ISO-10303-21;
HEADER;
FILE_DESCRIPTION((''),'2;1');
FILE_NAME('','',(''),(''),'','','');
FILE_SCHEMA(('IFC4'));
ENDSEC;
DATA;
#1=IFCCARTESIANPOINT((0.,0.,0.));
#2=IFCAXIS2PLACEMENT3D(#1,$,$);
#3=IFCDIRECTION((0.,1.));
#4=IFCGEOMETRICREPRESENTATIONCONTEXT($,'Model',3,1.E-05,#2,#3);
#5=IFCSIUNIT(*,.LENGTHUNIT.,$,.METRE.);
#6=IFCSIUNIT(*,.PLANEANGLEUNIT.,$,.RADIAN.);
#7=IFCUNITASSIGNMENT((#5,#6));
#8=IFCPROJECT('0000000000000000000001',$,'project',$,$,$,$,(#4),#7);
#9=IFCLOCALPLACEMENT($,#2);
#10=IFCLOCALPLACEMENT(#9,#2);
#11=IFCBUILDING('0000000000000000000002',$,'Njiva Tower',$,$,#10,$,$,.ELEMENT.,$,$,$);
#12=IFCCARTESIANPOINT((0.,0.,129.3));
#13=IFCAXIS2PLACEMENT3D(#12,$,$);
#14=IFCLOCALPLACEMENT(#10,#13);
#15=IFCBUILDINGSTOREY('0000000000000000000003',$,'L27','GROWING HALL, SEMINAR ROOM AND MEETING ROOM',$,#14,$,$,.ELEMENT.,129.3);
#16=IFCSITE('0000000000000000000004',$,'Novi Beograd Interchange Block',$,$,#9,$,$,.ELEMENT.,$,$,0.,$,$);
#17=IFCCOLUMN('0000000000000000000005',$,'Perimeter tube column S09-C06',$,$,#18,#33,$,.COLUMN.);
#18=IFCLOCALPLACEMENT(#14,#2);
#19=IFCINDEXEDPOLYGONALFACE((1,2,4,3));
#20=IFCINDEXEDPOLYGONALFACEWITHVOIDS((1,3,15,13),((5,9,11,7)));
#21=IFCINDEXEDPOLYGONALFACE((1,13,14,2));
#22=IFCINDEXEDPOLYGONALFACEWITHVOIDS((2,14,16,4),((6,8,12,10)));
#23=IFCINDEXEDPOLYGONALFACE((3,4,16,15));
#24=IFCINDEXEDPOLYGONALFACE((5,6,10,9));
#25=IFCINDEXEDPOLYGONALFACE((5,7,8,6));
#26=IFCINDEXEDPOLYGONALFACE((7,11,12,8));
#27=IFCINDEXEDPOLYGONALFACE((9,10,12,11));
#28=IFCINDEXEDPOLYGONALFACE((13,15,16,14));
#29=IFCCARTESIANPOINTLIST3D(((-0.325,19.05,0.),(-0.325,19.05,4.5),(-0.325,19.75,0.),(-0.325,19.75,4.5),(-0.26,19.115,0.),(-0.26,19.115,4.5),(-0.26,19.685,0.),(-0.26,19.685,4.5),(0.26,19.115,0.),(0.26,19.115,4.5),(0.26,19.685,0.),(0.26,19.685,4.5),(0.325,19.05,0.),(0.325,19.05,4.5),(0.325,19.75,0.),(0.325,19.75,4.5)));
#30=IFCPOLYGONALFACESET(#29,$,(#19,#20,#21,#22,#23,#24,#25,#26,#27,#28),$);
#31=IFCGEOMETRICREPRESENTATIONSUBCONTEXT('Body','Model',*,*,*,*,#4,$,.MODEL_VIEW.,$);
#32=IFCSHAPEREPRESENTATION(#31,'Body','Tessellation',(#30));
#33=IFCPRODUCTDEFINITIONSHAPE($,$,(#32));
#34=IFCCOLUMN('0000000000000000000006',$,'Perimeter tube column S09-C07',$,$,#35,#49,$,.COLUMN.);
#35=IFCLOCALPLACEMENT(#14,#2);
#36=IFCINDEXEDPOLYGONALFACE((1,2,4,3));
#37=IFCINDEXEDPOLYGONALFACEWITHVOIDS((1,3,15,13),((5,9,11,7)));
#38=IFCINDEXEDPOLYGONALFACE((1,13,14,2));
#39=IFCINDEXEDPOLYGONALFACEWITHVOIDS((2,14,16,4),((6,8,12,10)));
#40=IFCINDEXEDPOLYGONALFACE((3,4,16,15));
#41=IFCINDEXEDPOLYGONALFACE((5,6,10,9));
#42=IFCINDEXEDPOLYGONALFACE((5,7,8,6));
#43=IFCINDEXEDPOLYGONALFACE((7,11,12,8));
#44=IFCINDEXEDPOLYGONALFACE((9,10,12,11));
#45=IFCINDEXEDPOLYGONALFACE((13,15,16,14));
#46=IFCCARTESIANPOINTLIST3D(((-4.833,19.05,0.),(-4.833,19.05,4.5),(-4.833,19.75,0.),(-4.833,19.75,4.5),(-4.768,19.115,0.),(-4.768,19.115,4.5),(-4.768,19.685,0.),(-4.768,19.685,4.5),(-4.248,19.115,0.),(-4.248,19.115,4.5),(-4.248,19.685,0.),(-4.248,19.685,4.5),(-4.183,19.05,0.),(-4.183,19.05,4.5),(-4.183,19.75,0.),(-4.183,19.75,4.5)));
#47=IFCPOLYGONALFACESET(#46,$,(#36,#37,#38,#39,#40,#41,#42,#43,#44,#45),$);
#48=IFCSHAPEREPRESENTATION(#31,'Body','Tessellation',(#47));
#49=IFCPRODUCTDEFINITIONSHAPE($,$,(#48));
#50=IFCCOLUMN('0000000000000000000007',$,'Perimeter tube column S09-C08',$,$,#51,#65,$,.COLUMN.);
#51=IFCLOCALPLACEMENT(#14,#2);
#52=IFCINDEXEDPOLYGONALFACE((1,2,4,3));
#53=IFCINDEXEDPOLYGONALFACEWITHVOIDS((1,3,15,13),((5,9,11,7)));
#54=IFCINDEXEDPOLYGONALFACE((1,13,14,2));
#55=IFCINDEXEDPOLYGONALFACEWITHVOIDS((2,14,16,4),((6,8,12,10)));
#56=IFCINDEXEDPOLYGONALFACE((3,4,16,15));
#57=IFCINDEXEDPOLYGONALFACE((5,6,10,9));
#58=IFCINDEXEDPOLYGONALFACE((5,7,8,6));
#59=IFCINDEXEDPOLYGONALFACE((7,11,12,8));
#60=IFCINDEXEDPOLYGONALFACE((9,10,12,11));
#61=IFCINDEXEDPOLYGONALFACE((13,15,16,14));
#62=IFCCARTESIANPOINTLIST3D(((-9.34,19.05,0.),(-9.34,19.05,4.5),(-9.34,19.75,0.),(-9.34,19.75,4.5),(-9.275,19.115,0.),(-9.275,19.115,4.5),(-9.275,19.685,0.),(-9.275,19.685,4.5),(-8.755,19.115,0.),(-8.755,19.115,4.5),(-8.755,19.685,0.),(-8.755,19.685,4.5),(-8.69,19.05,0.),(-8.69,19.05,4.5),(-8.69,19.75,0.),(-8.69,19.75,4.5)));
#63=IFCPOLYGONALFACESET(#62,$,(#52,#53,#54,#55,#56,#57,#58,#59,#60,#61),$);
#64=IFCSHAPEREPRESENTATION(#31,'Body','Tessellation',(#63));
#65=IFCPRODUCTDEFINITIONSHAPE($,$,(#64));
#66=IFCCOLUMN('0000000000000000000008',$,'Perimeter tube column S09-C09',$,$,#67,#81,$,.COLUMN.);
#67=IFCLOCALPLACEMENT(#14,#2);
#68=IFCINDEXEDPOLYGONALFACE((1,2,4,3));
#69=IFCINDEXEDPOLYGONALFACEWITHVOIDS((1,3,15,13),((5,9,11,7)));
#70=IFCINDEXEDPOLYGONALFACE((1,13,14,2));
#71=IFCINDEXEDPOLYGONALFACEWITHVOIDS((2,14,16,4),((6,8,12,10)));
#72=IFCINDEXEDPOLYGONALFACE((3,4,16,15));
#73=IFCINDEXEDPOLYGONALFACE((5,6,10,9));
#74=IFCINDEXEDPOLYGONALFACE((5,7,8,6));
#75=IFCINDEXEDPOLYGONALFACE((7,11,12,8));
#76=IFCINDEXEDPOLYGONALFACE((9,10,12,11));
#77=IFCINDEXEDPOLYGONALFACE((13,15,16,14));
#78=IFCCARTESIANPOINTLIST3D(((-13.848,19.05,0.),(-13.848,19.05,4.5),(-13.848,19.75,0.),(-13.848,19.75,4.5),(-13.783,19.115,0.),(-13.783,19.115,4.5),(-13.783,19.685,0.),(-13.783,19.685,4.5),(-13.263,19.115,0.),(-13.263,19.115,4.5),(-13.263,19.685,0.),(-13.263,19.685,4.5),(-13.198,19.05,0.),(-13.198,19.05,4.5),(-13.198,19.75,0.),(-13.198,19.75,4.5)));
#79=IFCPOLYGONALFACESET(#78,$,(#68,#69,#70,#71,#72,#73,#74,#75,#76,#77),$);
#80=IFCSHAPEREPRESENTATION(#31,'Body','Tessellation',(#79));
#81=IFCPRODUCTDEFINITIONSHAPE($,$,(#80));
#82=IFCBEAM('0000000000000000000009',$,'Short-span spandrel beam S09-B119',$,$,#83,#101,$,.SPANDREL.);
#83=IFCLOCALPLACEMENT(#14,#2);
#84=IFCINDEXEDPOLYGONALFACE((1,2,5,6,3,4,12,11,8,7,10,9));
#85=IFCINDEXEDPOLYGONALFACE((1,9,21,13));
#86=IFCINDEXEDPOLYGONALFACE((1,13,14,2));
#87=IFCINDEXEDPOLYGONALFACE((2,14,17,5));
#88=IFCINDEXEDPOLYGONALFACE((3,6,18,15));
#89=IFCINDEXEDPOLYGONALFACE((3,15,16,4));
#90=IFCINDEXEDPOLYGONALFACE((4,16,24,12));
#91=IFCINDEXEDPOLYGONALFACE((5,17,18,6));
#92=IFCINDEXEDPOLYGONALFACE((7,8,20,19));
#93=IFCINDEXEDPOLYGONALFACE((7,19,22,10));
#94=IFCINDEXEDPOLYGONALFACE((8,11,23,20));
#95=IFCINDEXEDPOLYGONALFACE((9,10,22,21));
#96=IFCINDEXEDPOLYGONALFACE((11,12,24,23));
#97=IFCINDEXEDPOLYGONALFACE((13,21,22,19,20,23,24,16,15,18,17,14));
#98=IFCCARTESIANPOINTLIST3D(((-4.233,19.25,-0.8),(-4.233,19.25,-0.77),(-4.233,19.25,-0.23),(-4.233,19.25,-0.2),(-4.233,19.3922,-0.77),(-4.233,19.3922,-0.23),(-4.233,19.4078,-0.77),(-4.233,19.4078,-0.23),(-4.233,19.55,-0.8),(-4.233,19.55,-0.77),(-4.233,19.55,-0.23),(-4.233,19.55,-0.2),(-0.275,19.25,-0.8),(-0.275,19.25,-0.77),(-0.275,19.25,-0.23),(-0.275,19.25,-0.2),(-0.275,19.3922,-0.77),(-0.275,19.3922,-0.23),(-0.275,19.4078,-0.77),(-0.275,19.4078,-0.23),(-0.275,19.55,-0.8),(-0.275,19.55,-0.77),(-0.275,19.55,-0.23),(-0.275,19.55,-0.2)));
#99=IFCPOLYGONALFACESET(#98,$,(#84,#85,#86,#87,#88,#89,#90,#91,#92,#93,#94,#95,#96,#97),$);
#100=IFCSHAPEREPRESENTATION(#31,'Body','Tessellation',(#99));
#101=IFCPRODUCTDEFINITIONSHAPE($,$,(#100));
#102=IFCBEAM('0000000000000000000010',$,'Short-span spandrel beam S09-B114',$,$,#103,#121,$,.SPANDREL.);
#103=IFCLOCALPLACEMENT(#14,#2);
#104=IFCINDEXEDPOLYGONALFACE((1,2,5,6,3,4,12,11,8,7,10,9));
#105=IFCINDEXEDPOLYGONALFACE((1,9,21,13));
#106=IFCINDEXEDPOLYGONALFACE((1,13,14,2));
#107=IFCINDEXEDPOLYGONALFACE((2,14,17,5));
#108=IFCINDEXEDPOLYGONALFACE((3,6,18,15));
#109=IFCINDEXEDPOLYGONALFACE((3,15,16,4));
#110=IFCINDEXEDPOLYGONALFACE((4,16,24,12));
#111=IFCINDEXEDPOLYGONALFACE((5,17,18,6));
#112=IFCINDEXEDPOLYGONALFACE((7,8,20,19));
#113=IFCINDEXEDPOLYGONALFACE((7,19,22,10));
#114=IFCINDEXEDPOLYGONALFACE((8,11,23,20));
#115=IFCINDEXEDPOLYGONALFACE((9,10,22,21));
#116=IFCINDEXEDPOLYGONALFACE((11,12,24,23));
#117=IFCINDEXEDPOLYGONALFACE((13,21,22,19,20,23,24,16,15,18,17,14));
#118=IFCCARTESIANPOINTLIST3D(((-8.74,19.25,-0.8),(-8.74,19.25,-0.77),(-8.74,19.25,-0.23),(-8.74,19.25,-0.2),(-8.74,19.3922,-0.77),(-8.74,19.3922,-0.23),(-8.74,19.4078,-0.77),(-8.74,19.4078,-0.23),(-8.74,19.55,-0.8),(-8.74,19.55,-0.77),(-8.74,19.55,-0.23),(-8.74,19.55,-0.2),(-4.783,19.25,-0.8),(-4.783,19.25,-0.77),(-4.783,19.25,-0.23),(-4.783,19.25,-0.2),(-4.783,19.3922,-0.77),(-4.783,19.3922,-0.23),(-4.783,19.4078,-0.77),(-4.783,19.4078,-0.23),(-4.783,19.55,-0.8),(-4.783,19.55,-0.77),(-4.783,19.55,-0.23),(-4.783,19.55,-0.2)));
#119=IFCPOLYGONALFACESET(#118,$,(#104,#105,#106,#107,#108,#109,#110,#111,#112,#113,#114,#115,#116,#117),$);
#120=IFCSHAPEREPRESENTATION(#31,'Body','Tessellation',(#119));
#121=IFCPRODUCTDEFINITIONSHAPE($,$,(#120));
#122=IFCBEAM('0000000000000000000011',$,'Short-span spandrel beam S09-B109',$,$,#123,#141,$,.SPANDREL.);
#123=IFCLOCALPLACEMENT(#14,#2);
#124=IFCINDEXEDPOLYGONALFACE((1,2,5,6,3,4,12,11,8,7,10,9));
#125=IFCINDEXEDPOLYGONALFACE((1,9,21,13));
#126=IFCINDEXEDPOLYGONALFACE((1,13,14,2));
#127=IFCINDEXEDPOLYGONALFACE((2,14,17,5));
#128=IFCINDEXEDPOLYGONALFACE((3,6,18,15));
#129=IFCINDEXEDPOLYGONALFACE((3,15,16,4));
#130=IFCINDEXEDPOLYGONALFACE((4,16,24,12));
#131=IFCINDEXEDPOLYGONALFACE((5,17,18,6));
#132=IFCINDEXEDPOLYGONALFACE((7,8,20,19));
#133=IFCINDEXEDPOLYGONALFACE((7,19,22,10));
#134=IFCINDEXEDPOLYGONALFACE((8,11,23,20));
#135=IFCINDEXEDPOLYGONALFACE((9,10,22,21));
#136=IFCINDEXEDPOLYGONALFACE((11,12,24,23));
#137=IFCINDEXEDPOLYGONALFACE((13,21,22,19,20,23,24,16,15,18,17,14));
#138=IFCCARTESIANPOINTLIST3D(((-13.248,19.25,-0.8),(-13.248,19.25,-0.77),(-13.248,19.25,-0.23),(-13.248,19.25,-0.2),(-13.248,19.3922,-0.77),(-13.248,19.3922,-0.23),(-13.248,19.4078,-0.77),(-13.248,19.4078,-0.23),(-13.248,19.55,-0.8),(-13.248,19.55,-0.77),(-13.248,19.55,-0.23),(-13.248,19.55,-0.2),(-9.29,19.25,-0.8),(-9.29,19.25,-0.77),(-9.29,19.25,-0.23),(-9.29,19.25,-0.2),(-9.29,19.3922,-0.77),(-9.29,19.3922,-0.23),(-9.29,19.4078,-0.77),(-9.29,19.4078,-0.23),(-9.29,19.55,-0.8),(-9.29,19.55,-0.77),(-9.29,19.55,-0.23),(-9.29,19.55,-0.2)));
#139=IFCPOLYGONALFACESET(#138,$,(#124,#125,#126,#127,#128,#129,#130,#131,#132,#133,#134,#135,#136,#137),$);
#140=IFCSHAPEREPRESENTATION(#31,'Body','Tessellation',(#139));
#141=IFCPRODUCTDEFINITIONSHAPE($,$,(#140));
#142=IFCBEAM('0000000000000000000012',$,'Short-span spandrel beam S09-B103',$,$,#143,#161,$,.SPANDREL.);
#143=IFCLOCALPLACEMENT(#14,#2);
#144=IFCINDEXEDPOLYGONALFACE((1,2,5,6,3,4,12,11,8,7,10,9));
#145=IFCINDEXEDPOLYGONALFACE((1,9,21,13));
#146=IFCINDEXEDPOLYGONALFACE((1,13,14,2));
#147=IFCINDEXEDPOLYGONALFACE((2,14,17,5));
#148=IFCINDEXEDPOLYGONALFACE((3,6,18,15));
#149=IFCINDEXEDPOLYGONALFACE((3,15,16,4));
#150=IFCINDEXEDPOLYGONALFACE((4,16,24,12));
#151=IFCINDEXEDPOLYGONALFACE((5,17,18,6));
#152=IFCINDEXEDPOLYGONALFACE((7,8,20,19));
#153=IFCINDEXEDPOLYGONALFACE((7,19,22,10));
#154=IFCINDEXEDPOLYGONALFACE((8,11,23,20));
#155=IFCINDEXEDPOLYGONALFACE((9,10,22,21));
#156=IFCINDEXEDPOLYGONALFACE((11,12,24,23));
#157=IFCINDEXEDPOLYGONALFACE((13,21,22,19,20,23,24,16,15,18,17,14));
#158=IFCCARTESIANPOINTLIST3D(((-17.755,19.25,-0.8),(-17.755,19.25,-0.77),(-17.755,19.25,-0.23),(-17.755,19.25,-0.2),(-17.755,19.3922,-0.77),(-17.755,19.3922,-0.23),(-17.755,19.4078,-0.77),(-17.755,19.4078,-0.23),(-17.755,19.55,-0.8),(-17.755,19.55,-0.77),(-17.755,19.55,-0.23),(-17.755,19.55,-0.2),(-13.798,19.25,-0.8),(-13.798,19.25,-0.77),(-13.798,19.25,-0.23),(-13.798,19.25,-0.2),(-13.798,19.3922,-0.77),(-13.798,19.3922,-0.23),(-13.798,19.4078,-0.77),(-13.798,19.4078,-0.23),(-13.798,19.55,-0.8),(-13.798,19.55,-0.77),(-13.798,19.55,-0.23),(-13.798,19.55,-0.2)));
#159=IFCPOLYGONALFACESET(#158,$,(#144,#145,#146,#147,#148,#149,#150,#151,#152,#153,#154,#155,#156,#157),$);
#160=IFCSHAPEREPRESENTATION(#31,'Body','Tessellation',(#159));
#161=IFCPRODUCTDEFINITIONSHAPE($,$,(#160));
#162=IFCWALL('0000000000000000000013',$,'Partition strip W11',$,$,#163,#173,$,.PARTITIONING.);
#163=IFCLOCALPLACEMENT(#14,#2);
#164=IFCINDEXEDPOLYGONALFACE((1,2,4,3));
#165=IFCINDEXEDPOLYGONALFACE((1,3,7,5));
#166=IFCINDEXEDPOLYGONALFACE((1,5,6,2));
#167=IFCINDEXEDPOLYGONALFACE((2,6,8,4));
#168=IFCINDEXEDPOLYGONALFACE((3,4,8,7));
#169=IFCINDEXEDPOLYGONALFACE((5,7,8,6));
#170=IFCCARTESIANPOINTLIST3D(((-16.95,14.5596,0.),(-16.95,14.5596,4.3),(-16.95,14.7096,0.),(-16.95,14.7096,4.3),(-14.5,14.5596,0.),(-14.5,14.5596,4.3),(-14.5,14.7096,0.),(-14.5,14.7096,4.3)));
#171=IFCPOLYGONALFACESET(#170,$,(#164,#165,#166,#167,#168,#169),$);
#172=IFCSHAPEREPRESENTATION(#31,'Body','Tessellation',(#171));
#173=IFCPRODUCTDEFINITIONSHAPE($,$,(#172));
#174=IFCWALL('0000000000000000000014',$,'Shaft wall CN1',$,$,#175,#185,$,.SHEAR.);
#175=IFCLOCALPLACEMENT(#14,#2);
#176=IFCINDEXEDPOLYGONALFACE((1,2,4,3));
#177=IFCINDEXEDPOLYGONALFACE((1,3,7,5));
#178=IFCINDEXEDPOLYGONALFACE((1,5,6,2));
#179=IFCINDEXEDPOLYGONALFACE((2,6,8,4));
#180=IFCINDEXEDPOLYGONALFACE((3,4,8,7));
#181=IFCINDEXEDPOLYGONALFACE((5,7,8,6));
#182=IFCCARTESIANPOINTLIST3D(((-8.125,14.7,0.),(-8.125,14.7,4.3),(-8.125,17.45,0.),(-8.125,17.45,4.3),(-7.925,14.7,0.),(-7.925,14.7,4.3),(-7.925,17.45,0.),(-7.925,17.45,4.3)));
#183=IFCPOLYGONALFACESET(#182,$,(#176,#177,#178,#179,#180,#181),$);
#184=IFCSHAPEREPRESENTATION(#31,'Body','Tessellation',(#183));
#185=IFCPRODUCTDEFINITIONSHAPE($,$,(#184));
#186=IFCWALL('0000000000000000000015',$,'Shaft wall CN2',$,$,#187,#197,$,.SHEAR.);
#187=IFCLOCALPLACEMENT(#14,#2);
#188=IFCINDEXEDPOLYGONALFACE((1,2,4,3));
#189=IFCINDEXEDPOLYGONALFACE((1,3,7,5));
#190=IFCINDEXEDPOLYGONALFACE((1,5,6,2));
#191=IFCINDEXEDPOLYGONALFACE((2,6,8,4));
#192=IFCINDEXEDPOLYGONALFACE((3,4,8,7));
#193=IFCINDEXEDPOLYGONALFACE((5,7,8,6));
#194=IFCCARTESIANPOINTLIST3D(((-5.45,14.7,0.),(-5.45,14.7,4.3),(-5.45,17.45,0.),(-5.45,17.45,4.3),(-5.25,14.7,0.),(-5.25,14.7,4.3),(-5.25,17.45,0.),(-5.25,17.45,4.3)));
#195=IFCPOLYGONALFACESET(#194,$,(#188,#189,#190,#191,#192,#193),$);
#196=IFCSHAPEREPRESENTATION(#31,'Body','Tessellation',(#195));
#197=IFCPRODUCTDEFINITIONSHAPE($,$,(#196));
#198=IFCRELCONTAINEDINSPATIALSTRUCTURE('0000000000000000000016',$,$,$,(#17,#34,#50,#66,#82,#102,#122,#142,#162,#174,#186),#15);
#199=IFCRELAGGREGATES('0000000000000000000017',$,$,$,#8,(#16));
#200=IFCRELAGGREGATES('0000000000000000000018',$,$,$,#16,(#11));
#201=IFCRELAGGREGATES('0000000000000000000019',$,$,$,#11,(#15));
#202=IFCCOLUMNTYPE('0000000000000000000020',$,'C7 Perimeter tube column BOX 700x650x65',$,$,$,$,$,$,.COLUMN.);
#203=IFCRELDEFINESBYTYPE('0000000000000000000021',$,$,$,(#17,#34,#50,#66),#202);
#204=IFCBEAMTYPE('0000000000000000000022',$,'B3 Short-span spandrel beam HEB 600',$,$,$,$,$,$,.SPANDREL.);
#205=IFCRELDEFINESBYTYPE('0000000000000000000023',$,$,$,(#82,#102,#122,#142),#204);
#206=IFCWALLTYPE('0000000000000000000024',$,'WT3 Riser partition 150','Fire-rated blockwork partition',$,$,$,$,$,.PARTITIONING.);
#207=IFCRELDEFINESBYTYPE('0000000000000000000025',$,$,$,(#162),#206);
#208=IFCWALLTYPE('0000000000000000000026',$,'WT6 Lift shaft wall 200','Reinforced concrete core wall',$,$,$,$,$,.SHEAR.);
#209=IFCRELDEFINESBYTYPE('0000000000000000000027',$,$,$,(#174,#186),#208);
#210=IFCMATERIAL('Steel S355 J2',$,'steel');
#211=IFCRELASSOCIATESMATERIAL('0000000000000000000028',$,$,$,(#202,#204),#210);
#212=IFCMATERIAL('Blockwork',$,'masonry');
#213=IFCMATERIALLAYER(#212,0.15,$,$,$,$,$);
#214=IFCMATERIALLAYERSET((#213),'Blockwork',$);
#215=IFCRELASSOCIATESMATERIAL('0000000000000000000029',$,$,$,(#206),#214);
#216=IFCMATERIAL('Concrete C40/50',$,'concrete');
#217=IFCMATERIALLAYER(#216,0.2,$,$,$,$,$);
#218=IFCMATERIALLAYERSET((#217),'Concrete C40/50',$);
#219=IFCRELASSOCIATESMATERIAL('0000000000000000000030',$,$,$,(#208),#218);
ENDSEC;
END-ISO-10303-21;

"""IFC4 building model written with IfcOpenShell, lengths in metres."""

from ifc_helpers import new_model, si_unit, direction, frame, frame_2d, origin, origin_2d, place, context, subcontext, project, spatial, rectangle, hollow_rectangle, i_section, extrude, material, layer, layer_set, material_profile, profile_set, type_object, element, save


model = new_model("IFC4")

# Units and contexts
model_context = context("Model", 3, precision=1e-05, world=origin(), true_north=direction((0.0, 1.0)))
body_context = subcontext(model_context, "Body", "Model", "MODEL_VIEW")
ifc_project = project(units=[si_unit("LENGTHUNIT", "METRE"), si_unit("PLANEANGLEUNIT", "RADIAN")], contexts=[model_context])

# Site, building, storey
site_placement = place(None, origin())
site = spatial("IfcSite", under=ifc_project, at=site_placement, Name="Novi Beograd Interchange Block", CompositionType="ELEMENT", RefElevation=0.0)
building_placement = place(site_placement, origin())
building = spatial("IfcBuilding", under=site, at=building_placement, Name="Njiva Tower", CompositionType="ELEMENT")
storey_placement = place(building_placement, frame((0.0, 0.0, 129.3)))
storey = spatial("IfcBuildingStorey", under=building, at=storey_placement, Name="L27", Description="GROWING HALL, SEMINAR ROOM AND MEETING ROOM", CompositionType="ELEMENT", Elevation=129.3)

# Columns
ifc_material_1 = material(Name="Steel S355 J2", Category="steel")
ifc_material_profile_1 = material_profile(ifc_material_1, hollow_rectangle(XDim=0.65, YDim=0.7, WallThickness=0.065, at=origin_2d()), Name="BOX 700x650x65")
ifc_profile_set_1 = profile_set([ifc_material_profile_1], Name="Steel S355 J2")
column_type = type_object("IfcColumnType", Name="C7 Perimeter tube column BOX 700x650x65", PredefinedType="COLUMN", material=ifc_profile_set_1)
for number, where, z_axis, x_axis, name in (
    (1, (0.0, 19.4, 0.0), (0.0, 0.0, 1.0), (-1.0, 0.0, 0.0), "Perimeter tube column S09-C06"),
    (2, (-4.508, 19.4, 0.0), (0.0, 0.0, 1.0), (-1.0, 0.0, 0.0), "Perimeter tube column S09-C07"),
    (3, (-9.015, 19.4, 0.0), (0.0, 0.0, 1.0), (-1.0, 0.0, 0.0), "Perimeter tube column S09-C08"),
    (4, (-13.523, 19.4, 0.0), (0.0, 0.0, 1.0), (-1.0, 0.0, 0.0), "Perimeter tube column S09-C09"),
):
    element("IfcColumn", number, at=place(storey_placement, frame(where, z_axis=z_axis, x_axis=x_axis)), inside=storey, type_object=column_type, Name=name, PredefinedType="COLUMN", context=body_context, shape_type="SweptSolid", body=[
        extrude(hollow_rectangle(XDim=0.65, YDim=0.7, WallThickness=0.065, at=origin_2d()), origin(), (0.0, 0.0, 1.0), 4.5),
    ])

# Beams
ifc_material_profile_2 = material_profile(ifc_material_1, i_section(OverallWidth=0.3, OverallDepth=0.6, WebThickness=0.0155, FlangeThickness=0.03, at=origin_2d()), Name="HEB 600")
ifc_profile_set_2 = profile_set([ifc_material_profile_2], Name="Steel S355 J2")
beam_type = type_object("IfcBeamType", Name="B3 Short-span spandrel beam HEB 600", PredefinedType="SPANDREL", material=ifc_profile_set_2)
beam_1_placement = place(storey_placement, frame((-0.275, 19.4, -0.5), z_axis=(-1.0, 0.0, 0.0), x_axis=(0.0, -1.0, 0.0)))
element("IfcBeam", 5, at=beam_1_placement, inside=storey, type_object=beam_type, Name="Short-span spandrel beam S09-B119", PredefinedType="SPANDREL", context=body_context, shape_type="SweptSolid", body=[
    extrude(i_section(OverallWidth=0.3, OverallDepth=0.6, WebThickness=0.0155, FlangeThickness=0.03, at=origin_2d()), origin(), (0.0, 0.0, 1.0), 3.958),
])
beam_2_placement = place(storey_placement, frame((-4.783, 19.4, -0.5), z_axis=(-1.0, 0.0, 0.0), x_axis=(0.0, -1.0, 0.0)))
element("IfcBeam", 6, at=beam_2_placement, inside=storey, type_object=beam_type, Name="Short-span spandrel beam S09-B114", PredefinedType="SPANDREL", context=body_context, shape_type="SweptSolid", body=[
    extrude(i_section(OverallWidth=0.3, OverallDepth=0.6, WebThickness=0.0155, FlangeThickness=0.03, at=origin_2d()), origin(), (0.0, 0.0, 1.0), 3.957),
])
beam_3_placement = place(storey_placement, frame((-9.29, 19.4, -0.5), z_axis=(-1.0, 0.0, 0.0), x_axis=(0.0, -1.0, 0.0)))
element("IfcBeam", 7, at=beam_3_placement, inside=storey, type_object=beam_type, Name="Short-span spandrel beam S09-B109", PredefinedType="SPANDREL", context=body_context, shape_type="SweptSolid", body=[
    extrude(i_section(OverallWidth=0.3, OverallDepth=0.6, WebThickness=0.0155, FlangeThickness=0.03, at=origin_2d()), origin(), (0.0, 0.0, 1.0), 3.958),
])
beam_4_placement = place(storey_placement, frame((-13.798, 19.4, -0.5), z_axis=(-1.0, 0.0, 0.0), x_axis=(0.0, -1.0, 0.0)))
element("IfcBeam", 8, at=beam_4_placement, inside=storey, type_object=beam_type, Name="Short-span spandrel beam S09-B103", PredefinedType="SPANDREL", context=body_context, shape_type="SweptSolid", body=[
    extrude(i_section(OverallWidth=0.3, OverallDepth=0.6, WebThickness=0.0155, FlangeThickness=0.03, at=origin_2d()), origin(), (0.0, 0.0, 1.0), 3.957),
])

# Walls
ifc_material_2 = material(Name="Blockwork", Category="masonry")
ifc_layer_1 = layer(ifc_material_2, 0.15)
ifc_layer_set_1 = layer_set([ifc_layer_1], Name="Blockwork")
wall_type_1 = type_object("IfcWallType", Name="WT3 Riser partition 150", Description="Fire-rated blockwork partition", PredefinedType="PARTITIONING", material=ifc_layer_set_1)
wall_1_placement = place(storey_placement, frame((-16.95, 14.6346, 0.0), z_axis=(0.0, 0.0, 1.0), x_axis=(1.0, 0.0, 0.0)))
element("IfcWall", 9, at=wall_1_placement, inside=storey, type_object=wall_type_1, Name="Partition strip W11", PredefinedType="PARTITIONING", context=body_context, shape_type="SweptSolid", body=[
    extrude(rectangle(XDim=2.45, YDim=0.15, at=frame_2d((1.225, 0.0))), origin(), (0.0, 0.0, 1.0), 4.3),
])
ifc_material_3 = material(Name="Concrete C40/50", Category="concrete")
ifc_layer_2 = layer(ifc_material_3, 0.2)
ifc_layer_set_2 = layer_set([ifc_layer_2], Name="Concrete C40/50")
wall_type_2 = type_object("IfcWallType", Name="WT6 Lift shaft wall 200", Description="Reinforced concrete core wall", PredefinedType="SHEAR", material=ifc_layer_set_2)
for number, where, z_axis, x_axis, name in (
    (10, (-8.025, 14.7, 0.0), (0.0, 0.0, 1.0), (0.0, 1.0, 0.0), "Shaft wall CN1"),
    (11, (-5.35, 14.7, 0.0), (0.0, 0.0, 1.0), (0.0, 1.0, 0.0), "Shaft wall CN2"),
):
    element("IfcWall", number, at=place(storey_placement, frame(where, z_axis=z_axis, x_axis=x_axis)), inside=storey, type_object=wall_type_2, Name=name, PredefinedType="SHEAR", context=body_context, shape_type="SweptSolid", body=[
        extrude(rectangle(XDim=2.75, YDim=0.2, at=frame_2d((1.375, 0.0))), origin(), (0.0, 0.0, 1.0), 4.3),
    ])

save(model, "model.ifc")
